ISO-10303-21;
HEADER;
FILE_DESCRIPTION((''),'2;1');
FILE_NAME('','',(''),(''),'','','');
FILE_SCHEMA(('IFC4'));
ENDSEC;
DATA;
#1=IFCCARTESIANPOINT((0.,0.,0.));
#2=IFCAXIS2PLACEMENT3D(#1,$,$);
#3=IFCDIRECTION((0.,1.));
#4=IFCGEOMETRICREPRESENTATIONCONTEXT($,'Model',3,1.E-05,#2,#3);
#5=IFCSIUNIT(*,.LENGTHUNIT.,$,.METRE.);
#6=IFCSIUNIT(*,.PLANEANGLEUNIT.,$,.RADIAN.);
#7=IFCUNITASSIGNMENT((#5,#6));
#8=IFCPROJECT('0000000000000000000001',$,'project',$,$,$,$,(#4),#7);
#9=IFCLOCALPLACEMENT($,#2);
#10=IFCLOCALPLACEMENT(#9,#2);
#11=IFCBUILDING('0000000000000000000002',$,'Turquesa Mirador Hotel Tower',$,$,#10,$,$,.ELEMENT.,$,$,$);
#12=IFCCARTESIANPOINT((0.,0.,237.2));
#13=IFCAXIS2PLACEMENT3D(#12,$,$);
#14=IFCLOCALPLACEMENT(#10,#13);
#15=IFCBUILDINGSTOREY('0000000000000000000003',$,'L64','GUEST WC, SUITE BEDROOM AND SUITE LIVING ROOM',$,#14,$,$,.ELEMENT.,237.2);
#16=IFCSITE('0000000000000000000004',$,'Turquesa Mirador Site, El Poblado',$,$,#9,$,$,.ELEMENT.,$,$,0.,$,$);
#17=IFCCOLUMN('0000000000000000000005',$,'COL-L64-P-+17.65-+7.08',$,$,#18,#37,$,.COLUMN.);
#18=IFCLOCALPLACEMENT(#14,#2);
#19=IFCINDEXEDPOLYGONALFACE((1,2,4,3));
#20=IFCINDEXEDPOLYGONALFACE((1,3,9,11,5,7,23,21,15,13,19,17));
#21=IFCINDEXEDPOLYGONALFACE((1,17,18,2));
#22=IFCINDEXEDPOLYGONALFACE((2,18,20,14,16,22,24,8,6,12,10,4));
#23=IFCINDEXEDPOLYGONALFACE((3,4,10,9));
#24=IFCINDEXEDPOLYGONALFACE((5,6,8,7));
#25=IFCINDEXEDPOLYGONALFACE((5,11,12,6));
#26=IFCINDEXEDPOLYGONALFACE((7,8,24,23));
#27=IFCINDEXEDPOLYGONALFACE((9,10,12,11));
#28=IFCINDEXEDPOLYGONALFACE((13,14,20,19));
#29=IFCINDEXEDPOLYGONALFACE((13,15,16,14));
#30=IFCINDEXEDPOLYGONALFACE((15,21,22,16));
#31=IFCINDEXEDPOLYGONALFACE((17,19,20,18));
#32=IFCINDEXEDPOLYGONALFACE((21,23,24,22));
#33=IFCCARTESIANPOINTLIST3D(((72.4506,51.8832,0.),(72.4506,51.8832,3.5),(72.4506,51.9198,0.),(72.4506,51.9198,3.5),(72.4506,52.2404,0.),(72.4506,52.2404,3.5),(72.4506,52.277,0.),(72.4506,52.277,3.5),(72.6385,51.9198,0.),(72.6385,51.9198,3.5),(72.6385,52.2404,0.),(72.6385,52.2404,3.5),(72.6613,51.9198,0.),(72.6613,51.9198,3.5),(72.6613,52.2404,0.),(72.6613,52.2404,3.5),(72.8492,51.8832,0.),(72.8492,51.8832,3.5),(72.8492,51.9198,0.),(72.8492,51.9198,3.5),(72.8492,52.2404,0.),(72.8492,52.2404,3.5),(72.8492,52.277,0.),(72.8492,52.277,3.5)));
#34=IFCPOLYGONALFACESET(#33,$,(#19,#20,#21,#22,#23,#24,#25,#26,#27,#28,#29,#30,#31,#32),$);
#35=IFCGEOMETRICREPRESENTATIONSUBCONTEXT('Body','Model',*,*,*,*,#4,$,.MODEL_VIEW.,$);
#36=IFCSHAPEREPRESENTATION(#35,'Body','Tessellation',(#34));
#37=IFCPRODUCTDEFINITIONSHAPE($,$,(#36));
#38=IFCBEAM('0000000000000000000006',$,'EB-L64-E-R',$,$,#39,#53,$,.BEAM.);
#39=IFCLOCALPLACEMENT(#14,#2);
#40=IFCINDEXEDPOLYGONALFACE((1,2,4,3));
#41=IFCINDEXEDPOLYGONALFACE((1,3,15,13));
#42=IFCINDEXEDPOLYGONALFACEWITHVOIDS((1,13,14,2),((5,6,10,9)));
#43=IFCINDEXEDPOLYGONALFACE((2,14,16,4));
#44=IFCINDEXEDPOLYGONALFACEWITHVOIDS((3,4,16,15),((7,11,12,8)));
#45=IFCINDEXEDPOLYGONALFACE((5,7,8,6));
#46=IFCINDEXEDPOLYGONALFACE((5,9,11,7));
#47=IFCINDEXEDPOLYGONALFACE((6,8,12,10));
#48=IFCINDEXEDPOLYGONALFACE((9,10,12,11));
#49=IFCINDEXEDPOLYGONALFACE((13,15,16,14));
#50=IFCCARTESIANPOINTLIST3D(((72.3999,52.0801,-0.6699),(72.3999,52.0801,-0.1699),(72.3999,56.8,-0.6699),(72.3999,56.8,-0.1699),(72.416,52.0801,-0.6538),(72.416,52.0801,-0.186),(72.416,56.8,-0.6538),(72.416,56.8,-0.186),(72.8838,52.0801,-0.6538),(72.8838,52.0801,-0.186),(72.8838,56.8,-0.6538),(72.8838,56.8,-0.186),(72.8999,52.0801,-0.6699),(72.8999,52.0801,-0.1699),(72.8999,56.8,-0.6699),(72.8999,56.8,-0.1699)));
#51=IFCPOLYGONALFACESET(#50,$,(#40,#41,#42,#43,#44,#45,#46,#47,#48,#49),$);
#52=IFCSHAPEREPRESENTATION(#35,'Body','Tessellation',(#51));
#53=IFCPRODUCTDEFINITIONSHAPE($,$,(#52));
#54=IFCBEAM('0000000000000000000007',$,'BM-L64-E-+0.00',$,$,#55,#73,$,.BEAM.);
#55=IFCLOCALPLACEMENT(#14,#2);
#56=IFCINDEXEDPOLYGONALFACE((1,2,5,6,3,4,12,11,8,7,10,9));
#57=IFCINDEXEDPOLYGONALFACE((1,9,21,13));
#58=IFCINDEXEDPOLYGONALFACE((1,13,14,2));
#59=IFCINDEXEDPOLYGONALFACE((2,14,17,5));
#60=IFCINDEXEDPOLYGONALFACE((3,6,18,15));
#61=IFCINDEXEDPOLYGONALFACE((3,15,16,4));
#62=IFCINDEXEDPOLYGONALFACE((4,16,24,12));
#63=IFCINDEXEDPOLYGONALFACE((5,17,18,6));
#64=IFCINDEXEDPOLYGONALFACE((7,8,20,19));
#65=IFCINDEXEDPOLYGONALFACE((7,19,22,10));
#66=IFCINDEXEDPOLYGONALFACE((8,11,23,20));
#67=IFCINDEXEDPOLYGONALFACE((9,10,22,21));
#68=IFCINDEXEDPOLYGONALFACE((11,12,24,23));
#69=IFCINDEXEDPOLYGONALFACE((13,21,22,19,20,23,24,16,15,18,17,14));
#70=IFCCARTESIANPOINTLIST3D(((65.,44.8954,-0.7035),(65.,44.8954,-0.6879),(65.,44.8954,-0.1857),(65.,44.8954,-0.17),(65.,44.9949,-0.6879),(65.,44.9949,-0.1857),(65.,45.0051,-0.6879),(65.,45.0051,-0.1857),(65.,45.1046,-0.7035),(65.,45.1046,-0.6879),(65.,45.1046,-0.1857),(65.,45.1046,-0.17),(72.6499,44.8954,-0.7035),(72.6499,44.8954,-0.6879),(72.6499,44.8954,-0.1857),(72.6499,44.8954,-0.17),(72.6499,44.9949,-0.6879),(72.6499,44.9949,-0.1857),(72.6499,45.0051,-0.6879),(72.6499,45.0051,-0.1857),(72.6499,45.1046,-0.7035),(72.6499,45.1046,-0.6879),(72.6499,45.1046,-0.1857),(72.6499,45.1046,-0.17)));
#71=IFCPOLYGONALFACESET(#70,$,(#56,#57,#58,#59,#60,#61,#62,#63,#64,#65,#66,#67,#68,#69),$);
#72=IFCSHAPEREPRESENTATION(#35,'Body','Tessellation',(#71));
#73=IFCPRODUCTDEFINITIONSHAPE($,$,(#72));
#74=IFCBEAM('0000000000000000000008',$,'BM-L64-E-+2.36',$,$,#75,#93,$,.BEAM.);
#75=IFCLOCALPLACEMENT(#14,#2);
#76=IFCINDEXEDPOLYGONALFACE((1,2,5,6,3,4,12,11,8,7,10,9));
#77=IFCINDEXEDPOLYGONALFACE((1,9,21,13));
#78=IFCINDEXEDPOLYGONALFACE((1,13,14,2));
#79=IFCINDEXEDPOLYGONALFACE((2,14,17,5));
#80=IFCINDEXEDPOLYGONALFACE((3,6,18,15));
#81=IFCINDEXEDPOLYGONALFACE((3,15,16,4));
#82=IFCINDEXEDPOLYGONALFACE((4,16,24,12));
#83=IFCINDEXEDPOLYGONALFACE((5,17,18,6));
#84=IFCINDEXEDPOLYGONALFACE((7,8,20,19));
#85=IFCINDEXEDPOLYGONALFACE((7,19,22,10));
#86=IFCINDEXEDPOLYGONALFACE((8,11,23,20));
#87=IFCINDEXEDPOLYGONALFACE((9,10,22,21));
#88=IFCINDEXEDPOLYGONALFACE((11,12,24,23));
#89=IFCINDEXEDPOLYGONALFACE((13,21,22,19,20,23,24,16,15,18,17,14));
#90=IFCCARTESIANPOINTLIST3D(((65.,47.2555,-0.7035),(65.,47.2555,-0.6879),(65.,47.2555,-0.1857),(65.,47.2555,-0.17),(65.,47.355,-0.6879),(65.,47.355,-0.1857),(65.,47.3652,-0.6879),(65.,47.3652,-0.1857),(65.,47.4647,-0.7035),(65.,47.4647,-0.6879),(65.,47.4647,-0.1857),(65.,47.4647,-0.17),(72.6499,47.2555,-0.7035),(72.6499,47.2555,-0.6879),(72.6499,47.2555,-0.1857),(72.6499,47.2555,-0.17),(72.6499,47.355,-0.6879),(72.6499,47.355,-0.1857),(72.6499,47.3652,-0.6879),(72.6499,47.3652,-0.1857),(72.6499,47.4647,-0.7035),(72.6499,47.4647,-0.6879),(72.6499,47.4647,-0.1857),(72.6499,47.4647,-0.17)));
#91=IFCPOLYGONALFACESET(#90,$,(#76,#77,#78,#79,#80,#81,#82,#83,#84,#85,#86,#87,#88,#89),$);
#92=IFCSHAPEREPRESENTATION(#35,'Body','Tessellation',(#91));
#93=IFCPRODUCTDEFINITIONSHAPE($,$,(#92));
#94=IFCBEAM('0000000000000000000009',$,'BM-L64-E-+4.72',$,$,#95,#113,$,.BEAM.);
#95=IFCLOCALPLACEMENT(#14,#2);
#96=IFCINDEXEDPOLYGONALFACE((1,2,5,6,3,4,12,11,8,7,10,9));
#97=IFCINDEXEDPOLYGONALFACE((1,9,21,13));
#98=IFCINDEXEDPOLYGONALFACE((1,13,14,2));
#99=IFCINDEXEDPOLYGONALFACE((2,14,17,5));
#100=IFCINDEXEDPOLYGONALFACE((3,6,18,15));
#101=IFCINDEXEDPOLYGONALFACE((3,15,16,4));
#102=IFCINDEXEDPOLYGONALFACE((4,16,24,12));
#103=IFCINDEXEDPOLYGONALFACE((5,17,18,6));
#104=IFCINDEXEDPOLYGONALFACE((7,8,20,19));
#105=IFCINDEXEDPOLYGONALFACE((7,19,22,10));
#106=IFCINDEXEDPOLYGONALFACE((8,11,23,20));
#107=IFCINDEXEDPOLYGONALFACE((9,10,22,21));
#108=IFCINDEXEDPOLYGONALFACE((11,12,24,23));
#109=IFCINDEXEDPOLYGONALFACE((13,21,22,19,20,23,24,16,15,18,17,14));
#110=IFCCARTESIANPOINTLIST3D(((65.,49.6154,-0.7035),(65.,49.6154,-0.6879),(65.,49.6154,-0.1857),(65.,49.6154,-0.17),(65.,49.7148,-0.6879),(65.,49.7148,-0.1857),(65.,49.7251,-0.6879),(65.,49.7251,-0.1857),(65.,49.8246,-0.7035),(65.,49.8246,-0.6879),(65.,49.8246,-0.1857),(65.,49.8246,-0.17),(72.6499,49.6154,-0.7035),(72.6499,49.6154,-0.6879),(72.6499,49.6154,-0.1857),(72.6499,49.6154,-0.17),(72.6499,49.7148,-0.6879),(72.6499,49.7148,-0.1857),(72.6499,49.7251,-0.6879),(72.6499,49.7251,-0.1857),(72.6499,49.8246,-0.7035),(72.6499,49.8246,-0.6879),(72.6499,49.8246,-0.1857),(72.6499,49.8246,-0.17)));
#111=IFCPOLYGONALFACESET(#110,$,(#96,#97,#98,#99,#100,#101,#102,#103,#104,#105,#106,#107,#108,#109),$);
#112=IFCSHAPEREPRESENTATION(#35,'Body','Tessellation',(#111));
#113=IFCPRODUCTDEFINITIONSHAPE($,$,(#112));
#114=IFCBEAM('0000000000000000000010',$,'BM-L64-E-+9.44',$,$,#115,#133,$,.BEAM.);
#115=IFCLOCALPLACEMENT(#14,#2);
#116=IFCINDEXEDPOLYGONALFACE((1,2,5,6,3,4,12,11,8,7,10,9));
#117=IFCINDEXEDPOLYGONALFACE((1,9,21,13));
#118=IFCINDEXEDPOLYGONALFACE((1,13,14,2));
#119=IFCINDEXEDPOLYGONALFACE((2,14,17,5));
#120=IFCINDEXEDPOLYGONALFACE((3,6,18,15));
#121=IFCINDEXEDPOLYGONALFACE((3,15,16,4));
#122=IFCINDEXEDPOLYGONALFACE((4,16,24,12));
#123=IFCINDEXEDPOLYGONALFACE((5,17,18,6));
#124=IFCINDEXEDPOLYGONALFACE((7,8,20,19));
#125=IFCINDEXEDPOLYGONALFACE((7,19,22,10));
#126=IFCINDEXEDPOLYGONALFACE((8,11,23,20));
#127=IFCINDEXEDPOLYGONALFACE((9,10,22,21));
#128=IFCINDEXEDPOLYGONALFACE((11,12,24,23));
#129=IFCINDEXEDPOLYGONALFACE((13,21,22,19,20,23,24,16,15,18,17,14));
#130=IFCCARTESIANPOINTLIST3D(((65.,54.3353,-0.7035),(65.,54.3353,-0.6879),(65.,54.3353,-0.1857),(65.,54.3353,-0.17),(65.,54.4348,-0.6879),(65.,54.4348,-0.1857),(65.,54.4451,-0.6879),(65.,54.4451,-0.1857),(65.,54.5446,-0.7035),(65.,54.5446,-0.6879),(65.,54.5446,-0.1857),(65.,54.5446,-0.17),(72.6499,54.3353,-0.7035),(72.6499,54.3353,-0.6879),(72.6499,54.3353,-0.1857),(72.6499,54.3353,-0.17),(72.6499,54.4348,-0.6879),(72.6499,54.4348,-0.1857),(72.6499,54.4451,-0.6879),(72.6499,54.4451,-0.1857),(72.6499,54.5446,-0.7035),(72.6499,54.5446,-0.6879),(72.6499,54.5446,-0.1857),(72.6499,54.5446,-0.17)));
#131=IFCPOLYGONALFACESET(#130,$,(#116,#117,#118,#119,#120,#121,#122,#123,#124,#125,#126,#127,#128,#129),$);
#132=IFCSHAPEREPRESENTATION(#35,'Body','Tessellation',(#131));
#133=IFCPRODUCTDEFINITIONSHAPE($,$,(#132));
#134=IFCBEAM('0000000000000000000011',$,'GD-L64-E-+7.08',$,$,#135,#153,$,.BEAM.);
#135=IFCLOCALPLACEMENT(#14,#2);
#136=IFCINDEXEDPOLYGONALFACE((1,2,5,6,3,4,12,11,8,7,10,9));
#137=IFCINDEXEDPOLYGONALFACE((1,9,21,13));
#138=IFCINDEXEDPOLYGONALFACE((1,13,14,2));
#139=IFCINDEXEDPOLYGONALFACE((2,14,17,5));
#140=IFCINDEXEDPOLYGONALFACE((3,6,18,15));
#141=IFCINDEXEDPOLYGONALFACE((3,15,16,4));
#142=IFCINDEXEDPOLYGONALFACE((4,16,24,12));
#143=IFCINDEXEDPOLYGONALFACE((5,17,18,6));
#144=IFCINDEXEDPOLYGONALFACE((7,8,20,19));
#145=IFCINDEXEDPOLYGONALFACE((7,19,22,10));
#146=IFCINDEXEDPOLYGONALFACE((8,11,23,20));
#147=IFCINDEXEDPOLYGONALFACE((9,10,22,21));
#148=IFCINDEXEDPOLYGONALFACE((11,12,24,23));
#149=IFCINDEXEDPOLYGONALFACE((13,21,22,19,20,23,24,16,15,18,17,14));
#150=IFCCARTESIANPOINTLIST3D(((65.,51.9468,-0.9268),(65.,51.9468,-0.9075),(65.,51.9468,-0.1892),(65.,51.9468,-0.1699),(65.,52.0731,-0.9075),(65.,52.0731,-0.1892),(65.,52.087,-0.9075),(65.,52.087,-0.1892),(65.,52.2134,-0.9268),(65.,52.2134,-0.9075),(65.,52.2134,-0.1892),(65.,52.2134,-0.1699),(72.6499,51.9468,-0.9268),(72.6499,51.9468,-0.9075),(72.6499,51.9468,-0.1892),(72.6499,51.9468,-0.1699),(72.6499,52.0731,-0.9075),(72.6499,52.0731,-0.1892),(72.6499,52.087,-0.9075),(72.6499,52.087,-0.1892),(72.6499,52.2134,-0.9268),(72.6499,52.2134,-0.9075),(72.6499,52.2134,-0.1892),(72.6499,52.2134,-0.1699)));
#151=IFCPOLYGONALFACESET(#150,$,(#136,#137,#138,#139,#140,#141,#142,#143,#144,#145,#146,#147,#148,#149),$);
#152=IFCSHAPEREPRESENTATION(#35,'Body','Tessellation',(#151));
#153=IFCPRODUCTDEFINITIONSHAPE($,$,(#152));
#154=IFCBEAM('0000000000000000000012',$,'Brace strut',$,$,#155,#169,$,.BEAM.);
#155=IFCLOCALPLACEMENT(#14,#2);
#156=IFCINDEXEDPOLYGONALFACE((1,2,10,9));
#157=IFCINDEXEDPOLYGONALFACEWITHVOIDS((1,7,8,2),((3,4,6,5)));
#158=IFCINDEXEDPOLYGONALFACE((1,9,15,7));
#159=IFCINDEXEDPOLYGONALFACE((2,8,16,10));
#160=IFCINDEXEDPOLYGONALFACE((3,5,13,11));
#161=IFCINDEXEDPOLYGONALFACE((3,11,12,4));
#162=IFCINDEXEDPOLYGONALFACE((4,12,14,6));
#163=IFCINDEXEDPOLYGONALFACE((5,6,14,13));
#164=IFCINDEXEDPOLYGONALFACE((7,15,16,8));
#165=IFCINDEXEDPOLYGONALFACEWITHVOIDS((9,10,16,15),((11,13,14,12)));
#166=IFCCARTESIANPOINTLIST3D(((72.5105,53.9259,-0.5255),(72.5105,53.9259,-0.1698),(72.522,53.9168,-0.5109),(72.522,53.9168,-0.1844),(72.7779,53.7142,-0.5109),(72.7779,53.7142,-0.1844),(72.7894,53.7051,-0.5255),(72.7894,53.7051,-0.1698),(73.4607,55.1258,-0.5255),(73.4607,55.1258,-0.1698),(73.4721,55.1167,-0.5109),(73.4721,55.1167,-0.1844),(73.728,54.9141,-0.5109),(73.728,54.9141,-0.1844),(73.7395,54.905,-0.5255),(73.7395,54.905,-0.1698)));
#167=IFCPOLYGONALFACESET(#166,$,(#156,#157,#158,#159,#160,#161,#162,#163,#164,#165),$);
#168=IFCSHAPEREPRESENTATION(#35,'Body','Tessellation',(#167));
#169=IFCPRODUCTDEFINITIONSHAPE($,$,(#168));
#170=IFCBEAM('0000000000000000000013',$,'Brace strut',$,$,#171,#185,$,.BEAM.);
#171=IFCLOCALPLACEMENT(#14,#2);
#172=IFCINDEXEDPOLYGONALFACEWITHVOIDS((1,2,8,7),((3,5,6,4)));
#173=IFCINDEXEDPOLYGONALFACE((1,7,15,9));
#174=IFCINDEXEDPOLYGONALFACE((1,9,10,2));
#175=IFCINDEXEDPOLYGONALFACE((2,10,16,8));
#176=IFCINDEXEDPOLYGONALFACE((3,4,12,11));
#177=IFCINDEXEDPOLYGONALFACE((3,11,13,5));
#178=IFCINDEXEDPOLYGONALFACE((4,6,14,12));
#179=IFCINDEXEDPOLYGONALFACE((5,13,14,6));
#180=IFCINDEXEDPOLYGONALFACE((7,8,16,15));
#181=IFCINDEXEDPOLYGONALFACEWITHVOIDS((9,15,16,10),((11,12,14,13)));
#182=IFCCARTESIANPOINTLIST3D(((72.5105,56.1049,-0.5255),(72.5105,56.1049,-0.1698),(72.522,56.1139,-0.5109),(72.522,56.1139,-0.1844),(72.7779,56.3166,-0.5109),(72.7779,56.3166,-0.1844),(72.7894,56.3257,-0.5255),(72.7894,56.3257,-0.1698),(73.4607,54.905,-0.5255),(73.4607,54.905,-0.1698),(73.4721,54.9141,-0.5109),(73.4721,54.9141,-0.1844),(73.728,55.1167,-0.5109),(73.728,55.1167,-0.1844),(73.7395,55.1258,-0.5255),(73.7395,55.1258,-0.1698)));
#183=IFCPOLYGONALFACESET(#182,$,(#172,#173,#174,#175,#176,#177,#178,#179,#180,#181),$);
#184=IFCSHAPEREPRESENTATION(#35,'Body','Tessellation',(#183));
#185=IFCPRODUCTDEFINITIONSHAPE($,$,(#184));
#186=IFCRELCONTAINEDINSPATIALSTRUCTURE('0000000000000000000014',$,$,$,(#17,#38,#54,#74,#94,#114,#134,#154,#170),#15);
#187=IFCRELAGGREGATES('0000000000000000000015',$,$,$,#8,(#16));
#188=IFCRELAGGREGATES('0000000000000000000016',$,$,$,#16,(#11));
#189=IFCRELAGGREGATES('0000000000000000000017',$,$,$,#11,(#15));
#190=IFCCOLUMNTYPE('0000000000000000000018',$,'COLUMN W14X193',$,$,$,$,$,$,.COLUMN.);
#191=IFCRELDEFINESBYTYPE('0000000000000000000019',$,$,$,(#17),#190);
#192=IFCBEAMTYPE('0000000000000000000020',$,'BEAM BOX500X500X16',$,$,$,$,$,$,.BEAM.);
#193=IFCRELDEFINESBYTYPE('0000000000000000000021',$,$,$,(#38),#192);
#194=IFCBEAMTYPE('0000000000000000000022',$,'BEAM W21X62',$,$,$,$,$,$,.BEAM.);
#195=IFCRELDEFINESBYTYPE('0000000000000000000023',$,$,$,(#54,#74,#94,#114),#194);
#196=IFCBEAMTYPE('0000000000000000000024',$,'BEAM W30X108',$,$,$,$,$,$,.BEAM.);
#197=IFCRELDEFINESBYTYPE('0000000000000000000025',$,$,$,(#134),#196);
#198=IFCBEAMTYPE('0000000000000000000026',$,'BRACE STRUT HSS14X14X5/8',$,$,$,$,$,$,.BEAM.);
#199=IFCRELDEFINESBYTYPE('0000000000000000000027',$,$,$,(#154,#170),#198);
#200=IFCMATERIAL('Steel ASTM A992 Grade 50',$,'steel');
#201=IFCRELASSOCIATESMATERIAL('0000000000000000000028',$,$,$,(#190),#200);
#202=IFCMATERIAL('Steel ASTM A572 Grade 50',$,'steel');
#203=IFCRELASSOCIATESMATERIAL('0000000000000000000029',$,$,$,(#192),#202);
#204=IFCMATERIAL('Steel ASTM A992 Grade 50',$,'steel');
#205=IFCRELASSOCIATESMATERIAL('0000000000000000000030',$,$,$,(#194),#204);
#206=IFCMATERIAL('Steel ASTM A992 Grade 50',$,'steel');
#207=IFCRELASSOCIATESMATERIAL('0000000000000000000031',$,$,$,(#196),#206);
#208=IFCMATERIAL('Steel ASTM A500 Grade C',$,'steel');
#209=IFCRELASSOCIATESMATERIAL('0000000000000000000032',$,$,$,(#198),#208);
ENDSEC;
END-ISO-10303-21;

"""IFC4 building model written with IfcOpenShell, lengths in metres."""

from ifc_helpers import new_model, si_unit, direction, frame, origin, origin_2d, place, context, subcontext, project, spatial, hollow_rectangle, i_section, extrude, material, material_profile, profile_set, type_object, element, save


model = new_model("IFC4")

# Units and contexts
model_context = context("Model", 3, precision=1e-05, world=origin(), true_north=direction((0.0, 1.0)))
body_context = subcontext(model_context, "Body", "Model", "MODEL_VIEW")
ifc_project = project(units=[si_unit("LENGTHUNIT", "METRE"), si_unit("PLANEANGLEUNIT", "RADIAN")], contexts=[model_context])

# Site, building, storey
site_placement = place(None, origin())
site = spatial("IfcSite", under=ifc_project, at=site_placement, Name="Turquesa Mirador Site, El Poblado", CompositionType="ELEMENT", RefElevation=0.0)
building_placement = place(site_placement, origin())
building = spatial("IfcBuilding", under=site, at=building_placement, Name="Turquesa Mirador Hotel Tower", CompositionType="ELEMENT")
storey_placement = place(building_placement, frame((0.0, 0.0, 237.2)))
storey = spatial("IfcBuildingStorey", under=building, at=storey_placement, Name="L64", Description="GUEST WC, SUITE BEDROOM AND SUITE LIVING ROOM", CompositionType="ELEMENT", Elevation=237.2)

# Column
ifc_material_1 = material(Name="Steel ASTM A992 Grade 50", Category="steel")
ifc_material_profile_1 = material_profile(ifc_material_1, i_section(OverallWidth=0.3987, OverallDepth=0.3938, WebThickness=0.0227, FlangeThickness=0.0366, at=origin_2d()), Name="W14X193")
ifc_profile_set_1 = profile_set([ifc_material_profile_1], Name="Steel ASTM A992 Grade 50")
column_type = type_object("IfcColumnType", Name="COLUMN W14X193", PredefinedType="COLUMN", material=ifc_profile_set_1)
column_placement = place(storey_placement, frame((72.6499, 52.0801, 0.0), z_axis=(0.0, 0.0, 1.0), x_axis=(1.0, 0.0, 0.0)))
element("IfcColumn", 1, at=column_placement, inside=storey, type_object=column_type, Name="COL-L64-P-+17.65-+7.08", PredefinedType="COLUMN", context=body_context, shape_type="SweptSolid", body=[
    extrude(i_section(OverallWidth=0.3987, OverallDepth=0.3938, WebThickness=0.0227, FlangeThickness=0.0366, at=origin_2d()), origin(), (0.0, 0.0, 1.0), 3.5),
])

# Beams
ifc_material_2 = material(Name="Steel ASTM A572 Grade 50", Category="steel")
ifc_material_profile_2 = material_profile(ifc_material_2, hollow_rectangle(XDim=0.5, YDim=0.5, WallThickness=0.0161, at=origin_2d()), Name="BOX500X500X16")
ifc_profile_set_2 = profile_set([ifc_material_profile_2], Name="Steel ASTM A572 Grade 50")
beam_type_1 = type_object("IfcBeamType", Name="BEAM BOX500X500X16", PredefinedType="BEAM", material=ifc_profile_set_2)
beam_1_placement = place(storey_placement, frame((72.6499, 52.0801, -0.4199), z_axis=(0.0, 1.0, 0.0), x_axis=(-1.0, 0.0, 0.0)))
element("IfcBeam", 2, at=beam_1_placement, inside=storey, type_object=beam_type_1, Name="EB-L64-E-R", PredefinedType="BEAM", context=body_context, shape_type="SweptSolid", body=[
    extrude(hollow_rectangle(XDim=0.5, YDim=0.5, WallThickness=0.0161, at=origin_2d()), origin(), (0.0, 0.0, 1.0), 4.72),
])
ifc_material_3 = material(Name="Steel ASTM A992 Grade 50", Category="steel")
ifc_material_profile_3 = material_profile(ifc_material_3, i_section(OverallWidth=0.2092, OverallDepth=0.5334, WebThickness=0.0103, FlangeThickness=0.0156, at=origin_2d()), Name="W21X62")
ifc_profile_set_3 = profile_set([ifc_material_profile_3], Name="Steel ASTM A992 Grade 50")
beam_type_2 = type_object("IfcBeamType", Name="BEAM W21X62", PredefinedType="BEAM", material=ifc_profile_set_3)
for number, where, z_axis, x_axis, name in (
    (3, (72.6499, 45.0, -0.4368), (-1.0, 0.0, 0.0), (0.0, -1.0, 0.0), "BM-L64-E-+0.00"),
    (4, (72.6499, 47.3601, -0.4368), (-1.0, 0.0, 0.0), (0.0, -1.0, 0.0), "BM-L64-E-+2.36"),
    (5, (72.6499, 49.72, -0.4368), (-1.0, 0.0, 0.0), (0.0, -1.0, 0.0), "BM-L64-E-+4.72"),
    (6, (72.6499, 54.4399, -0.4368), (-1.0, 0.0, 0.0), (0.0, -1.0, 0.0), "BM-L64-E-+9.44"),
):
    element("IfcBeam", number, at=place(storey_placement, frame(where, z_axis=z_axis, x_axis=x_axis)), inside=storey, type_object=beam_type_2, Name=name, PredefinedType="BEAM", context=body_context, shape_type="SweptSolid", body=[
        extrude(i_section(OverallWidth=0.2092, OverallDepth=0.5334, WebThickness=0.0103, FlangeThickness=0.0156, at=origin_2d()), origin(), (0.0, 0.0, 1.0), 7.6499),
    ])
ifc_material_4 = material(Name="Steel ASTM A992 Grade 50", Category="steel")
ifc_material_profile_4 = material_profile(ifc_material_4, i_section(OverallWidth=0.2666, OverallDepth=0.7568, WebThickness=0.0139, FlangeThickness=0.0193, at=origin_2d()), Name="W30X108")
ifc_profile_set_4 = profile_set([ifc_material_profile_4], Name="Steel ASTM A992 Grade 50")
beam_type_3 = type_object("IfcBeamType", Name="BEAM W30X108", PredefinedType="BEAM", material=ifc_profile_set_4)
beam_2_placement = place(storey_placement, frame((72.6499, 52.0801, -0.5483), z_axis=(-1.0, 0.0, 0.0), x_axis=(0.0, -1.0, 0.0)))
element("IfcBeam", 7, at=beam_2_placement, inside=storey, type_object=beam_type_3, Name="GD-L64-E-+7.08", PredefinedType="BEAM", context=body_context, shape_type="SweptSolid", body=[
    extrude(i_section(OverallWidth=0.2666, OverallDepth=0.7568, WebThickness=0.0139, FlangeThickness=0.0193, at=origin_2d()), origin(), (0.0, 0.0, 1.0), 7.6499),
])
ifc_material_5 = material(Name="Steel ASTM A500 Grade C", Category="steel")
ifc_material_profile_5 = material_profile(ifc_material_5, hollow_rectangle(XDim=0.3557, YDim=0.3557, WallThickness=0.0146, at=origin_2d()), Name="HSS14X14X5/8")
ifc_profile_set_5 = profile_set([ifc_material_profile_5], Name="Steel ASTM A500 Grade C")
beam_type_4 = type_object("IfcBeamType", Name="BRACE STRUT HSS14X14X5/8", PredefinedType="BEAM", material=ifc_profile_set_5)
for number, where, z_axis, x_axis, name in (
    (8, (73.6001, 55.0154, -0.3477), (-0.620797, -0.783971, 0.0), (0.783971, -0.620797, 0.0), "Brace strut"),
    (9, (73.6001, 55.0154, -0.3477), (-0.620797, 0.783971, 0.0), (-0.783971, -0.620797, 0.0), "Brace strut"),
):
    element("IfcBeam", number, at=place(storey_placement, frame(where, z_axis=z_axis, x_axis=x_axis)), inside=storey, type_object=beam_type_4, Name=name, PredefinedType="BEAM", context=body_context, shape_type="SweptSolid", body=[
        extrude(hollow_rectangle(XDim=0.3557, YDim=0.3557, WallThickness=0.0146, at=origin_2d()), origin(), (0.0, 0.0, 1.0), 1.5305),
    ])

save(model, "model.ifc")
